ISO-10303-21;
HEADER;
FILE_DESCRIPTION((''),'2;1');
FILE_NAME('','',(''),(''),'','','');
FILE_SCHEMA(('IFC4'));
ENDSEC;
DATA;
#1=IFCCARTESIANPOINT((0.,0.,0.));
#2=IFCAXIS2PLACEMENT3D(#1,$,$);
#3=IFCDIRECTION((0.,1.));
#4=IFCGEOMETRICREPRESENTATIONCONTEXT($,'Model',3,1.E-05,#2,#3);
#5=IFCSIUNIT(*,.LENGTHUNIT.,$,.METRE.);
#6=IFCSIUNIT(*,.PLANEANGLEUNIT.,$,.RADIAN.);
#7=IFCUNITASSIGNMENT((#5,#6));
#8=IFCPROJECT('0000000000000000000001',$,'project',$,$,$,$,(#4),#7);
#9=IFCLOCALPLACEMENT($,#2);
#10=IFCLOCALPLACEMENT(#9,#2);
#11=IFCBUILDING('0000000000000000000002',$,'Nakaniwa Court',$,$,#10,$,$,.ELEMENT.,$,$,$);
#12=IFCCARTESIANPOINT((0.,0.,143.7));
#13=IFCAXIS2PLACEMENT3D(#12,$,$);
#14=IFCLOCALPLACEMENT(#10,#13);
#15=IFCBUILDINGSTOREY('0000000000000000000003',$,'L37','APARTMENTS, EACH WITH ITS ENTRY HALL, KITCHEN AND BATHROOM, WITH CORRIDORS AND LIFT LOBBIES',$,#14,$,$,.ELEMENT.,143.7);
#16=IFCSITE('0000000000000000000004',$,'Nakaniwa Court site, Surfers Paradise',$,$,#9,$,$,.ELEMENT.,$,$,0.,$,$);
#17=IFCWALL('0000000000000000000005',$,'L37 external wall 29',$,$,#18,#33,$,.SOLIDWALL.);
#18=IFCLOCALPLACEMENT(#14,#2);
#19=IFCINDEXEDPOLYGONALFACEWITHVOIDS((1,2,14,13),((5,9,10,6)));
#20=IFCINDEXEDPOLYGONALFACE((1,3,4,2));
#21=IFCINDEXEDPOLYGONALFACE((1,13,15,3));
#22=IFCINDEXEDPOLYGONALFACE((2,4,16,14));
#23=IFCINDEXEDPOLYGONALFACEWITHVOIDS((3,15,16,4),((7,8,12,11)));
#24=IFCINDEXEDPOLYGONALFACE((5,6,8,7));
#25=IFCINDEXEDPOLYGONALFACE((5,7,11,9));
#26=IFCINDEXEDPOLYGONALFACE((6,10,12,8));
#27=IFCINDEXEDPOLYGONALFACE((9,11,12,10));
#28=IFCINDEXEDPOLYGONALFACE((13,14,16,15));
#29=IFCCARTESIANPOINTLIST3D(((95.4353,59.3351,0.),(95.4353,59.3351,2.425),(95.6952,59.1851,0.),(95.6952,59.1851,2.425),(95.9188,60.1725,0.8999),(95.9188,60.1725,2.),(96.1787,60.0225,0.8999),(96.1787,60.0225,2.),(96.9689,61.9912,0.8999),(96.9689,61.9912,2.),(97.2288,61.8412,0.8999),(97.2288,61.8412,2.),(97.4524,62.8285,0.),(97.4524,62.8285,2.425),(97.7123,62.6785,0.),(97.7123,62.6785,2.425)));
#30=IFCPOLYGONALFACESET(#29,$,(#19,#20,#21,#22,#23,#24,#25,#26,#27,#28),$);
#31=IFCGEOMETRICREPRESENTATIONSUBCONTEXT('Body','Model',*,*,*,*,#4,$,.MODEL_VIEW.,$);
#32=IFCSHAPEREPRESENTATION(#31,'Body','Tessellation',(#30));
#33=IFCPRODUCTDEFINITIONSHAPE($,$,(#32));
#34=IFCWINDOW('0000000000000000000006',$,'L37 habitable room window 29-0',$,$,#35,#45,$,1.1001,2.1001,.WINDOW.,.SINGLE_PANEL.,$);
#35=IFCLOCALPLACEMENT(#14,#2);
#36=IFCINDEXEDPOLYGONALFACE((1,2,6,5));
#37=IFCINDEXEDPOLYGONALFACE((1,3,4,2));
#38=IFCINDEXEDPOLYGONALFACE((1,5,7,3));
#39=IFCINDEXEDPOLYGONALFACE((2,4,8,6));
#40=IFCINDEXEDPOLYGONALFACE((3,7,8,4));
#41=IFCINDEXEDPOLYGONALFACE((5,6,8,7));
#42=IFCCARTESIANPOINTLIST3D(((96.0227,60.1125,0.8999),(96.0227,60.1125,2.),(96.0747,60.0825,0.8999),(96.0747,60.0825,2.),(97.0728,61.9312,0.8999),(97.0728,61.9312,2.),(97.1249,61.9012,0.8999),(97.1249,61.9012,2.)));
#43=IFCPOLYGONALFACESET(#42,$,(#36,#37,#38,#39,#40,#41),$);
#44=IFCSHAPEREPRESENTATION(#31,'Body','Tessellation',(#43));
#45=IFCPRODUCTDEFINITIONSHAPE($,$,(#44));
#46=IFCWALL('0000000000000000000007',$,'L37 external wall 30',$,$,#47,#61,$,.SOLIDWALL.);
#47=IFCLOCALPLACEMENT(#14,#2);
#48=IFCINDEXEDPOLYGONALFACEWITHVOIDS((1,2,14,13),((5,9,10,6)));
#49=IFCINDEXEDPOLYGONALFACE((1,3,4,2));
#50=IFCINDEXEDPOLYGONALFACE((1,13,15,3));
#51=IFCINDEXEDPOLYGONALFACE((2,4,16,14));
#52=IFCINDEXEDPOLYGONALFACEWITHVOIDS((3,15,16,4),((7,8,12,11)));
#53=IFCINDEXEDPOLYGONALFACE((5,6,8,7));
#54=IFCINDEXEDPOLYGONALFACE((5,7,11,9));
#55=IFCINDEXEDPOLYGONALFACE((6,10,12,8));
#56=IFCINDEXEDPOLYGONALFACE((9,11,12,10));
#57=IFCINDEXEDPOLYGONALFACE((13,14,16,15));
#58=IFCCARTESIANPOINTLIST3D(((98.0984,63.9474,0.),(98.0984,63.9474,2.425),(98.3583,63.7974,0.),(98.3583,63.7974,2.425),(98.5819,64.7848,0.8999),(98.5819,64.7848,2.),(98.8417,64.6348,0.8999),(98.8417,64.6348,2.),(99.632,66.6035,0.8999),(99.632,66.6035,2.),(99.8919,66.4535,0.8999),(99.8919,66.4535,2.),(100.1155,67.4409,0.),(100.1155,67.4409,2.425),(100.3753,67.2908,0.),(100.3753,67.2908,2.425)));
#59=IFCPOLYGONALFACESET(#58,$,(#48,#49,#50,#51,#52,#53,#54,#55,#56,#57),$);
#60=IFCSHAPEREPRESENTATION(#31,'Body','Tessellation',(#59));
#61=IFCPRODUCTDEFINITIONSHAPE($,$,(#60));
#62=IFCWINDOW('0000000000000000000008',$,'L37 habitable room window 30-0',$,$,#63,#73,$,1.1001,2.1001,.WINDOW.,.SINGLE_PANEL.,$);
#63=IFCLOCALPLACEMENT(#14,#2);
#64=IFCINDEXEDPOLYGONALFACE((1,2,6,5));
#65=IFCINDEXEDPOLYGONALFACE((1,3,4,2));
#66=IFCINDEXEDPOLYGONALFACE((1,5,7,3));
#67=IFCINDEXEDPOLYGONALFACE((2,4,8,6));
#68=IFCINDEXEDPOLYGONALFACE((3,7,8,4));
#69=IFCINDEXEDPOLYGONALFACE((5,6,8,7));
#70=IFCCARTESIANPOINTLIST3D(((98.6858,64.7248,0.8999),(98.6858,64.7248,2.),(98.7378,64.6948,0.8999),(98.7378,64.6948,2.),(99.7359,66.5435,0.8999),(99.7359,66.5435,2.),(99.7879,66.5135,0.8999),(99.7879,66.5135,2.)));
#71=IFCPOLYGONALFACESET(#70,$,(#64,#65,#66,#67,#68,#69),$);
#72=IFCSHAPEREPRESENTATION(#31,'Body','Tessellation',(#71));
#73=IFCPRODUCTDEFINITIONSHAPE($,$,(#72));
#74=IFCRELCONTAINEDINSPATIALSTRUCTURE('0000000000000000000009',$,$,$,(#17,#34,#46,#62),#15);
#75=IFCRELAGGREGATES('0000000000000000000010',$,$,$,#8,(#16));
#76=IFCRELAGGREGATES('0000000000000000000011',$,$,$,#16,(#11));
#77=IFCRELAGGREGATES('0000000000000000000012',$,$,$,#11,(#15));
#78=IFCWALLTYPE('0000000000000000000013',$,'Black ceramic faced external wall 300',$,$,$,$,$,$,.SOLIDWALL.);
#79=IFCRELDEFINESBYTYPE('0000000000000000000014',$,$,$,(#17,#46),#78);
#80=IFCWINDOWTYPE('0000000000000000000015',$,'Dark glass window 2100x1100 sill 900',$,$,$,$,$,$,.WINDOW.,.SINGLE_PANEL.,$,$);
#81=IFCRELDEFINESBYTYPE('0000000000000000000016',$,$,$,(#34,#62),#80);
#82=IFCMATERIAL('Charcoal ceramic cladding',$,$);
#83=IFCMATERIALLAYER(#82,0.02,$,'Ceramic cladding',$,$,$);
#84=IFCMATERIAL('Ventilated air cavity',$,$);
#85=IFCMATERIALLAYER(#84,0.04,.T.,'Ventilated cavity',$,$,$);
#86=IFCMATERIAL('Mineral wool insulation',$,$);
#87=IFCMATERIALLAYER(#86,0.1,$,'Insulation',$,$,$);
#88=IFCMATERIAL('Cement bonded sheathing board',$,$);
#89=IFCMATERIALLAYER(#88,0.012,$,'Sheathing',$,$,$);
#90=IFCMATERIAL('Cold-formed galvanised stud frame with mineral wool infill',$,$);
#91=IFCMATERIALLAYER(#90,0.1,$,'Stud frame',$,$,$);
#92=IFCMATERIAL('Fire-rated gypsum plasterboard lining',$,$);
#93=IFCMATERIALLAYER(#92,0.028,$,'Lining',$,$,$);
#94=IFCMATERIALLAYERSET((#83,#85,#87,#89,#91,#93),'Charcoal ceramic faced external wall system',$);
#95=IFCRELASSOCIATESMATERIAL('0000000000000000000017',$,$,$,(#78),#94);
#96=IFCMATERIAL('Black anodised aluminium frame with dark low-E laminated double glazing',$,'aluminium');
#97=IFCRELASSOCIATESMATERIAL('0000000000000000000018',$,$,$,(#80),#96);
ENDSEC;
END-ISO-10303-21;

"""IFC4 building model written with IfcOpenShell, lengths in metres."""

from ifc_helpers import new_model, si_unit, direction, frame, frame_2d, origin, place, context, subcontext, project, spatial, rectangle, extrude, material, layer, layer_set, type_object, element, fill, save


model = new_model("IFC4")

# Units and contexts
model_context = context("Model", 3, precision=1e-05, world=origin(), true_north=direction((0.0, 1.0)))
body_context = subcontext(model_context, "Body", "Model", "MODEL_VIEW")
ifc_project = project(units=[si_unit("LENGTHUNIT", "METRE"), si_unit("PLANEANGLEUNIT", "RADIAN")], contexts=[model_context])

# Site, building, storey
site_placement = place(None, origin())
site = spatial("IfcSite", under=ifc_project, at=site_placement, Name="Nakaniwa Court site, Surfers Paradise", CompositionType="ELEMENT", RefElevation=0.0)
building_placement = place(site_placement, origin())
building = spatial("IfcBuilding", under=site, at=building_placement, Name="Nakaniwa Court", CompositionType="ELEMENT")
storey_placement = place(building_placement, frame((0.0, 0.0, 143.7)))
storey = spatial("IfcBuildingStorey", under=building, at=storey_placement, Name="L37", Description="APARTMENTS, EACH WITH ITS ENTRY HALL, KITCHEN AND BATHROOM, WITH CORRIDORS AND LIFT LOBBIES", CompositionType="ELEMENT", Elevation=143.7)

# Shared definitions
ifc_material_1 = material(Name="Charcoal ceramic cladding")
ifc_layer_1 = layer(ifc_material_1, 0.02, Name="Ceramic cladding")
ifc_material_2 = material(Name="Ventilated air cavity")
ifc_layer_2 = layer(ifc_material_2, 0.04, ventilated=True, Name="Ventilated cavity")
ifc_material_3 = material(Name="Mineral wool insulation")
ifc_layer_3 = layer(ifc_material_3, 0.1, Name="Insulation")
ifc_material_4 = material(Name="Cement bonded sheathing board")
ifc_layer_4 = layer(ifc_material_4, 0.012, Name="Sheathing")
ifc_material_5 = material(Name="Cold-formed galvanised stud frame with mineral wool infill")
ifc_layer_5 = layer(ifc_material_5, 0.1, Name="Stud frame")
ifc_material_6 = material(Name="Fire-rated gypsum plasterboard lining")
ifc_layer_6 = layer(ifc_material_6, 0.028, Name="Lining")
ifc_layer_set_1 = layer_set([ifc_layer_1, ifc_layer_2, ifc_layer_3, ifc_layer_4, ifc_layer_5, ifc_layer_6], Name="Charcoal ceramic faced external wall system")
wall_type_1 = type_object("IfcWallType", Name="Black ceramic faced external wall 300", PredefinedType="SOLIDWALL", material=ifc_layer_set_1)

# Walls, openings, windows
ifc_material_7 = material(Name="Black anodised aluminium frame with dark low-E laminated double glazing", Category="aluminium")
wall_1_placement = place(storey_placement, frame((95.5652, 59.26, 0.0), z_axis=(0.0, 0.0, 1.0), x_axis=(0.500032, 0.866007, 0.0)))
wall_1 = element("IfcWall", 1, at=wall_1_placement, inside=storey, type_object=wall_type_1, Name="L37 external wall 29", PredefinedType="SOLIDWALL", context=body_context, shape_type="SweptSolid", body=[
    extrude(rectangle(XDim=4.0339, YDim=0.3, at=frame_2d((2.0171, 0.0))), origin(), (0.0, 0.0, 1.0), 2.425),
])
opening_1_placement = place(wall_1_placement, frame((0.967, 0.0, 0.8999)))
opening_1 = element("IfcOpeningElement", 2, at=opening_1_placement, cuts=wall_1, PredefinedType="OPENING", context=body_context, shape_type="SweptSolid", body=[
    extrude(rectangle(XDim=2.1001, YDim=1.1001, at=frame_2d((1.05, 0.55))), frame((0.0, 0.1599, 0.0), z_axis=(0.0, -1.0, 0.0), x_axis=(1.0, 0.0, 0.0)), (0.0, 0.0, 1.0), 0.3201),
])
window_type_1 = type_object("IfcWindowType", Name="Dark glass window 2100x1100 sill 900", PartitioningType="SINGLE_PANEL", PredefinedType="WINDOW", material=ifc_material_7)
window_1_placement = place(opening_1_placement, origin())
window_1 = element("IfcWindow", 3, at=window_1_placement, inside=storey, type_object=window_type_1, Name="L37 habitable room window 29-0", OverallHeight=1.1001, OverallWidth=2.1001, PartitioningType="SINGLE_PANEL", PredefinedType="WINDOW", context=body_context, shape_type="SweptSolid", body=[
    extrude(rectangle(XDim=2.1001, YDim=1.1001, at=frame_2d((1.05, 0.55))), frame((0.0, 0.03, 0.0), z_axis=(0.0, -1.0, 0.0), x_axis=(1.0, 0.0, 0.0)), (0.0, 0.0, 1.0), 0.0601),
])
fill(opening_1, window_1)
wall_2_placement = place(storey_placement, frame((98.2283, 63.8723, 0.0), z_axis=(0.0, 0.0, 1.0), x_axis=(0.500032, 0.866007, 0.0)))
wall_2 = element("IfcWall", 4, at=wall_2_placement, inside=storey, type_object=wall_type_1, Name="L37 external wall 30", PredefinedType="SOLIDWALL", context=body_context, shape_type="SweptSolid", body=[
    extrude(rectangle(XDim=4.0339, YDim=0.3, at=frame_2d((2.0171, 0.0))), origin(), (0.0, 0.0, 1.0), 2.425),
])
opening_2_placement = place(wall_2_placement, frame((0.967, 0.0, 0.8999)))
opening_2 = element("IfcOpeningElement", 5, at=opening_2_placement, cuts=wall_2, PredefinedType="OPENING", context=body_context, shape_type="SweptSolid", body=[
    extrude(rectangle(XDim=2.1001, YDim=1.1001, at=frame_2d((1.05, 0.55))), frame((0.0, 0.1599, 0.0), z_axis=(0.0, -1.0, 0.0), x_axis=(1.0, 0.0, 0.0)), (0.0, 0.0, 1.0), 0.3201),
])
window_2_placement = place(opening_2_placement, origin())
window_2 = element("IfcWindow", 6, at=window_2_placement, inside=storey, type_object=window_type_1, Name="L37 habitable room window 30-0", OverallHeight=1.1001, OverallWidth=2.1001, PartitioningType="SINGLE_PANEL", PredefinedType="WINDOW", context=body_context, shape_type="SweptSolid", body=[
    extrude(rectangle(XDim=2.1001, YDim=1.1001, at=frame_2d((1.05, 0.55))), frame((0.0, 0.03, 0.0), z_axis=(0.0, -1.0, 0.0), x_axis=(1.0, 0.0, 0.0)), (0.0, 0.0, 1.0), 0.0601),
])
fill(opening_2, window_2)

save(model, "model.ifc")
